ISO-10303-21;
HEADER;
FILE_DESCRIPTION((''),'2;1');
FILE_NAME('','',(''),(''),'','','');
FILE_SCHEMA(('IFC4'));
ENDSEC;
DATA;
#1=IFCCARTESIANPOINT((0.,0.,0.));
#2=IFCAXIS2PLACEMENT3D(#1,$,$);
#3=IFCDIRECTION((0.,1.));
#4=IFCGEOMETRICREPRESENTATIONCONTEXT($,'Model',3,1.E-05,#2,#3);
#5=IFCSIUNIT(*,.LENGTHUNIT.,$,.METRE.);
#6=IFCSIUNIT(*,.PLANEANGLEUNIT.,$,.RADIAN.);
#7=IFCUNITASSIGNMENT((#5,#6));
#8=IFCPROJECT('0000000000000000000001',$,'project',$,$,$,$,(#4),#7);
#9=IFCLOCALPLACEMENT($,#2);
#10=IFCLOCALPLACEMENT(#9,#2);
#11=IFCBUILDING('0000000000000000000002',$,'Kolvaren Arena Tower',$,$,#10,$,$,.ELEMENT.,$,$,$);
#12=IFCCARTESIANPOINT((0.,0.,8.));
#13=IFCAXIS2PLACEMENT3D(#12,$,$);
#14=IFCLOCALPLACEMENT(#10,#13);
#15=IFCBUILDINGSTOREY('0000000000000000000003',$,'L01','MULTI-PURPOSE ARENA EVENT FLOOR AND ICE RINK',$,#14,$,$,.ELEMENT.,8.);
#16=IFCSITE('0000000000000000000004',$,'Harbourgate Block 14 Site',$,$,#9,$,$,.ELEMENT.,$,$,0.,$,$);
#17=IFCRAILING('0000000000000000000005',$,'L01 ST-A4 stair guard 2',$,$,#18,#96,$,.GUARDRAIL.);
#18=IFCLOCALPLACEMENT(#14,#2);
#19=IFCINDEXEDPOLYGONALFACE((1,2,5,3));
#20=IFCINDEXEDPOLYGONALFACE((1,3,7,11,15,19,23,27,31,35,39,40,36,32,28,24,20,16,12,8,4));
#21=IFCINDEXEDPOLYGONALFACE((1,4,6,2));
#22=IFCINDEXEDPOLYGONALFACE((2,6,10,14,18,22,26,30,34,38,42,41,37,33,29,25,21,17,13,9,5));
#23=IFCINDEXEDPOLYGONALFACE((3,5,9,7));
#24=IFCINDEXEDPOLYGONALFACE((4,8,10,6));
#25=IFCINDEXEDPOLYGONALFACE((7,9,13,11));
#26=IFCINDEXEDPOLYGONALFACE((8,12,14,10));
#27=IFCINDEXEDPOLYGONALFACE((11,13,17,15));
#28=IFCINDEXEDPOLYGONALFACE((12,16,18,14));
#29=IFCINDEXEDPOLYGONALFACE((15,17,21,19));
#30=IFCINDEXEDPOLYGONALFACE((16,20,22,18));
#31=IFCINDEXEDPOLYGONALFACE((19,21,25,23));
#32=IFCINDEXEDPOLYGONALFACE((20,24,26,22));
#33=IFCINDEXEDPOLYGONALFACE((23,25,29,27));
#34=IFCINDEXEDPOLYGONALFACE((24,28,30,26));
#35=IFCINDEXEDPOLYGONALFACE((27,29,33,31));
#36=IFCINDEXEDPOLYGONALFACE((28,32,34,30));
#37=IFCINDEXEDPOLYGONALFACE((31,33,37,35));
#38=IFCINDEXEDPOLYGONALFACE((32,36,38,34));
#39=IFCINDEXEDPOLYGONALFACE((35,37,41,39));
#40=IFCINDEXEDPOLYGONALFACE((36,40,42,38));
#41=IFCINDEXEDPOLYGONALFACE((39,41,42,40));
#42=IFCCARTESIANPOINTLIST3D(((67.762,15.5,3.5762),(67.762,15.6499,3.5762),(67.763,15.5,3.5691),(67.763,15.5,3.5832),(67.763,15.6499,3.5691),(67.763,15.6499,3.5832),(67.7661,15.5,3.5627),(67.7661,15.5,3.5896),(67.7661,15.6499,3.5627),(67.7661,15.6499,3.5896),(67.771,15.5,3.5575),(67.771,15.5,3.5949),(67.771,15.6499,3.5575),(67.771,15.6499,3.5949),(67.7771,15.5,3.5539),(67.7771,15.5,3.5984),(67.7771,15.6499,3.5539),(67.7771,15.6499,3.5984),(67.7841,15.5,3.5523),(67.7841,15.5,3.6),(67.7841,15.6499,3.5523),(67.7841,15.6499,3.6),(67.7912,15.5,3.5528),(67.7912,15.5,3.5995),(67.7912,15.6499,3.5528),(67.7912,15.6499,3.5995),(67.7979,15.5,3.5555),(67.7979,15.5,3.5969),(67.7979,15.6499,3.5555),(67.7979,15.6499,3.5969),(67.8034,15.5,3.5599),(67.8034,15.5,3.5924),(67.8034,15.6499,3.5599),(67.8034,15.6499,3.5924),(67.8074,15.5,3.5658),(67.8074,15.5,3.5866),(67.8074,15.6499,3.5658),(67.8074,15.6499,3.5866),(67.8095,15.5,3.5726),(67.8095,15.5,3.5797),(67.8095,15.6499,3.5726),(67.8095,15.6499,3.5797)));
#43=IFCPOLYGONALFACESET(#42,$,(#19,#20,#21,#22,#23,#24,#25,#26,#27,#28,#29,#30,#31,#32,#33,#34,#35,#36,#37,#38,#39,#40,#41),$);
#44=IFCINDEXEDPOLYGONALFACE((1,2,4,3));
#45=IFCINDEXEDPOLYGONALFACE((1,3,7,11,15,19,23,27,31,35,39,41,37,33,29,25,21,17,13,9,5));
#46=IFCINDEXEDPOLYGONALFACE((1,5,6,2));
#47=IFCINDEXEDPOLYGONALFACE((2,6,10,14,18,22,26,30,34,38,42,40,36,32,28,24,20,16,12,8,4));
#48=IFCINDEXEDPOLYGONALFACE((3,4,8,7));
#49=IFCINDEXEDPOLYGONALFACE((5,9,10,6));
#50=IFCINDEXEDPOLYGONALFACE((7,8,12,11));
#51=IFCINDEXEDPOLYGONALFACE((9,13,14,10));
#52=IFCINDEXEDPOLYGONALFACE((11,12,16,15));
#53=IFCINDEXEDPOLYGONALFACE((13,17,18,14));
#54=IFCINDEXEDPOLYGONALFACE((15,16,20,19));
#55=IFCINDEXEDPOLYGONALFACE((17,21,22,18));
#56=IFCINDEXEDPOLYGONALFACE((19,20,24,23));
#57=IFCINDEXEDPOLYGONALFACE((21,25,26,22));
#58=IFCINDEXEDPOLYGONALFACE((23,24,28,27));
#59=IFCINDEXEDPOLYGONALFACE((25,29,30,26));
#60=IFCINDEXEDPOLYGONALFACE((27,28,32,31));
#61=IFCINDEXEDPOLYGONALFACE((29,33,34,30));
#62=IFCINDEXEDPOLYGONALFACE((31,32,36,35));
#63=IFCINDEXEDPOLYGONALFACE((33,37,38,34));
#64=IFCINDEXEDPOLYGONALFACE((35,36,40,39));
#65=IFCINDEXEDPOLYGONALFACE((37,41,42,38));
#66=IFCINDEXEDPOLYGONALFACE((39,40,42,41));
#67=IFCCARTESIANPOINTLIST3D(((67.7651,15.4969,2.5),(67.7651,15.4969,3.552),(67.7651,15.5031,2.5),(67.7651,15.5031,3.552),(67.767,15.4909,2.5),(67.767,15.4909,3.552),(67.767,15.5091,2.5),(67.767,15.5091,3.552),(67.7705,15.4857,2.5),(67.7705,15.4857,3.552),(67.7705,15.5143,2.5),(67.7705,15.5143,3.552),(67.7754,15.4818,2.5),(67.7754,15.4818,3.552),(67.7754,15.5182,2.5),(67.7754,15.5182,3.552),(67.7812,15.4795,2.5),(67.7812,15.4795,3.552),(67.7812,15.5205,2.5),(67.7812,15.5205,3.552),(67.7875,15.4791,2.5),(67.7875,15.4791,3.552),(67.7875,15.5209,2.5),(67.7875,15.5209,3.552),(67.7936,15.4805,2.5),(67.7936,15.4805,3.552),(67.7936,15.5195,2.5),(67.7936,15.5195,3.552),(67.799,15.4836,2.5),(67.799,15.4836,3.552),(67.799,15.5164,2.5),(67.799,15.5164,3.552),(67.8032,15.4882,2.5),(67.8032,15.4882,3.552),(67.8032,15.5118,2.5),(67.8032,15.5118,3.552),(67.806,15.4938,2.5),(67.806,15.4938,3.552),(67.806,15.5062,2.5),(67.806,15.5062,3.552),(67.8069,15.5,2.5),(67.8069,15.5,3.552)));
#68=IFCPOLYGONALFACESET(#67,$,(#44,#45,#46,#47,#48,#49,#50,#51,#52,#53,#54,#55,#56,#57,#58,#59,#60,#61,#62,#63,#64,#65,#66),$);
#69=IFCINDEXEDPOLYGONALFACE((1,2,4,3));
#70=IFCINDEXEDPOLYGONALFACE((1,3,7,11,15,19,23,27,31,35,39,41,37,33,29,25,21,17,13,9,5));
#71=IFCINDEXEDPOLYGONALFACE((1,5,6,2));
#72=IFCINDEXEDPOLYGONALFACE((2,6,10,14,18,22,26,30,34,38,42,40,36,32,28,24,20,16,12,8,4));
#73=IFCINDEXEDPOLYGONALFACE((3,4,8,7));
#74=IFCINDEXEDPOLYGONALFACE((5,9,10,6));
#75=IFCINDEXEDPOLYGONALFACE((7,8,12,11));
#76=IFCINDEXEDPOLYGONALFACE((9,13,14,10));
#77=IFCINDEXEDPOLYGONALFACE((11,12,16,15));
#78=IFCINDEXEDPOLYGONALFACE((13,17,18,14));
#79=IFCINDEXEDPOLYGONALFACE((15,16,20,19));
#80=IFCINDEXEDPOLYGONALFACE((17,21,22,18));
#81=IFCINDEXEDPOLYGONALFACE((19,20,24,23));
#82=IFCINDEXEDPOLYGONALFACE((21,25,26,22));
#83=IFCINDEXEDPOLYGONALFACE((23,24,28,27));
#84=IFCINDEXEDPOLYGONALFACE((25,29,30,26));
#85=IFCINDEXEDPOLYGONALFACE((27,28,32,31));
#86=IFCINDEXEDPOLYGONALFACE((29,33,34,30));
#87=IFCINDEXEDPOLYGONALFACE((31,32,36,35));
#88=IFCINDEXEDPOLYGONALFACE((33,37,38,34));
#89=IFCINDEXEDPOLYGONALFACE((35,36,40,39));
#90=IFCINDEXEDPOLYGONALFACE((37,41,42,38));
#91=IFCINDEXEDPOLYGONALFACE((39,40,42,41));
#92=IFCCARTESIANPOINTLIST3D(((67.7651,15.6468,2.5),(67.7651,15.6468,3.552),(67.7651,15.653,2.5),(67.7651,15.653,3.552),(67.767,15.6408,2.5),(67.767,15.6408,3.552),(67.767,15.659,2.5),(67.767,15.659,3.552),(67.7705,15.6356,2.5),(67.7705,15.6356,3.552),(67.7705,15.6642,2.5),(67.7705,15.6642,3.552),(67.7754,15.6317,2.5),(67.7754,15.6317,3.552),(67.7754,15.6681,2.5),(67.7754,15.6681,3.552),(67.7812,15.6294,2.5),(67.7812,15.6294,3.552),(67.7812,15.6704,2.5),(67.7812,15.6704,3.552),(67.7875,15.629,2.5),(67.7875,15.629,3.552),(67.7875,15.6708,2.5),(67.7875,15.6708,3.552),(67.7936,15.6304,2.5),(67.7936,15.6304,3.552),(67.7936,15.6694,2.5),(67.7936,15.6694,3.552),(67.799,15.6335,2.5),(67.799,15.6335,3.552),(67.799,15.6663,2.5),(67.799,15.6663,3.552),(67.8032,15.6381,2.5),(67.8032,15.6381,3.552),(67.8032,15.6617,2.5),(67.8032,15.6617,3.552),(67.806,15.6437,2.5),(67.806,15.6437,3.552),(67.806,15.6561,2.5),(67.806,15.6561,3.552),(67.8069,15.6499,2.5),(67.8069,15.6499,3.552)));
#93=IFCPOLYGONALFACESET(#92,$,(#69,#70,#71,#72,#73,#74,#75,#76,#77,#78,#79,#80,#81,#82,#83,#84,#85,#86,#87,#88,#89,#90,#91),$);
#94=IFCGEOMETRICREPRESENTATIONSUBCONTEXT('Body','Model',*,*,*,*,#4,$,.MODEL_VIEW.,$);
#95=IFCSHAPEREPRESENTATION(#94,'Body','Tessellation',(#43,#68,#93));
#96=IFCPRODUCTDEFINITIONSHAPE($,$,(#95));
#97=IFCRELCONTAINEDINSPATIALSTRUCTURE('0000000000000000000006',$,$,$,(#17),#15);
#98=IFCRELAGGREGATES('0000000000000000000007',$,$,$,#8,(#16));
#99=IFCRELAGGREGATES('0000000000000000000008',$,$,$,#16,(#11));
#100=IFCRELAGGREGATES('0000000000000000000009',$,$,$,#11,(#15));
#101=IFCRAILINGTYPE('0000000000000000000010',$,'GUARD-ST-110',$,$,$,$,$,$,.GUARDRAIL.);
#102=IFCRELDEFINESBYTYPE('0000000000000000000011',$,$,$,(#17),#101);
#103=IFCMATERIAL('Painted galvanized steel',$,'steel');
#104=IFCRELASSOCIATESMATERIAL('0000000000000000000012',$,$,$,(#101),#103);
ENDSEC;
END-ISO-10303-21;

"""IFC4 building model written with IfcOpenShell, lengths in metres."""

from ifc_helpers import new_model, si_unit, direction, frame, origin, origin_2d, place, context, subcontext, project, spatial, circle, extrude, material, type_object, element, save


model = new_model("IFC4")

# Units and contexts
model_context = context("Model", 3, precision=1e-05, world=origin(), true_north=direction((0.0, 1.0)))
body_context = subcontext(model_context, "Body", "Model", "MODEL_VIEW")
ifc_project = project(units=[si_unit("LENGTHUNIT", "METRE"), si_unit("PLANEANGLEUNIT", "RADIAN")], contexts=[model_context])

# Site, building, storey
site_placement = place(None, origin())
site = spatial("IfcSite", under=ifc_project, at=site_placement, Name="Harbourgate Block 14 Site", CompositionType="ELEMENT", RefElevation=0.0)
building_placement = place(site_placement, origin())
building = spatial("IfcBuilding", under=site, at=building_placement, Name="Kolvaren Arena Tower", CompositionType="ELEMENT")
storey_placement = place(building_placement, frame((0.0, 0.0, 8.0)))
storey = spatial("IfcBuildingStorey", under=building, at=storey_placement, Name="L01", Description="MULTI-PURPOSE ARENA EVENT FLOOR AND ICE RINK", CompositionType="ELEMENT", Elevation=8.0)

# Railing
ifc_material_1 = material(Name="Painted galvanized steel", Category="steel")
railing_type_1 = type_object("IfcRailingType", Name="GUARD-ST-110", PredefinedType="GUARDRAIL", material=ifc_material_1)
railing_1_placement = place(storey_placement, frame((67.7859, 15.5, 2.5)))
element("IfcRailing", 1, at=railing_1_placement, inside=storey, type_object=railing_type_1, Name="L01 ST-A4 stair guard 2", PredefinedType="GUARDRAIL", context=body_context, shape_type="SweptSolid", body=[
    extrude(circle(Radius=0.0239, at=origin_2d()), frame((0.0, 0.0, 1.0762), z_axis=(0.0, 1.0, 0.0), x_axis=(-1.0, 0.0, 0.0)), (0.0, 0.0, 1.0), 0.1499),
    extrude(circle(Radius=0.021, at=origin_2d()), origin(), (0.0, 0.0, 1.0), 1.052),
    extrude(circle(Radius=0.021, at=origin_2d()), frame((0.0, 0.1499, 0.0)), (0.0, 0.0, 1.0), 1.052),
])

save(model, "model.ifc")
